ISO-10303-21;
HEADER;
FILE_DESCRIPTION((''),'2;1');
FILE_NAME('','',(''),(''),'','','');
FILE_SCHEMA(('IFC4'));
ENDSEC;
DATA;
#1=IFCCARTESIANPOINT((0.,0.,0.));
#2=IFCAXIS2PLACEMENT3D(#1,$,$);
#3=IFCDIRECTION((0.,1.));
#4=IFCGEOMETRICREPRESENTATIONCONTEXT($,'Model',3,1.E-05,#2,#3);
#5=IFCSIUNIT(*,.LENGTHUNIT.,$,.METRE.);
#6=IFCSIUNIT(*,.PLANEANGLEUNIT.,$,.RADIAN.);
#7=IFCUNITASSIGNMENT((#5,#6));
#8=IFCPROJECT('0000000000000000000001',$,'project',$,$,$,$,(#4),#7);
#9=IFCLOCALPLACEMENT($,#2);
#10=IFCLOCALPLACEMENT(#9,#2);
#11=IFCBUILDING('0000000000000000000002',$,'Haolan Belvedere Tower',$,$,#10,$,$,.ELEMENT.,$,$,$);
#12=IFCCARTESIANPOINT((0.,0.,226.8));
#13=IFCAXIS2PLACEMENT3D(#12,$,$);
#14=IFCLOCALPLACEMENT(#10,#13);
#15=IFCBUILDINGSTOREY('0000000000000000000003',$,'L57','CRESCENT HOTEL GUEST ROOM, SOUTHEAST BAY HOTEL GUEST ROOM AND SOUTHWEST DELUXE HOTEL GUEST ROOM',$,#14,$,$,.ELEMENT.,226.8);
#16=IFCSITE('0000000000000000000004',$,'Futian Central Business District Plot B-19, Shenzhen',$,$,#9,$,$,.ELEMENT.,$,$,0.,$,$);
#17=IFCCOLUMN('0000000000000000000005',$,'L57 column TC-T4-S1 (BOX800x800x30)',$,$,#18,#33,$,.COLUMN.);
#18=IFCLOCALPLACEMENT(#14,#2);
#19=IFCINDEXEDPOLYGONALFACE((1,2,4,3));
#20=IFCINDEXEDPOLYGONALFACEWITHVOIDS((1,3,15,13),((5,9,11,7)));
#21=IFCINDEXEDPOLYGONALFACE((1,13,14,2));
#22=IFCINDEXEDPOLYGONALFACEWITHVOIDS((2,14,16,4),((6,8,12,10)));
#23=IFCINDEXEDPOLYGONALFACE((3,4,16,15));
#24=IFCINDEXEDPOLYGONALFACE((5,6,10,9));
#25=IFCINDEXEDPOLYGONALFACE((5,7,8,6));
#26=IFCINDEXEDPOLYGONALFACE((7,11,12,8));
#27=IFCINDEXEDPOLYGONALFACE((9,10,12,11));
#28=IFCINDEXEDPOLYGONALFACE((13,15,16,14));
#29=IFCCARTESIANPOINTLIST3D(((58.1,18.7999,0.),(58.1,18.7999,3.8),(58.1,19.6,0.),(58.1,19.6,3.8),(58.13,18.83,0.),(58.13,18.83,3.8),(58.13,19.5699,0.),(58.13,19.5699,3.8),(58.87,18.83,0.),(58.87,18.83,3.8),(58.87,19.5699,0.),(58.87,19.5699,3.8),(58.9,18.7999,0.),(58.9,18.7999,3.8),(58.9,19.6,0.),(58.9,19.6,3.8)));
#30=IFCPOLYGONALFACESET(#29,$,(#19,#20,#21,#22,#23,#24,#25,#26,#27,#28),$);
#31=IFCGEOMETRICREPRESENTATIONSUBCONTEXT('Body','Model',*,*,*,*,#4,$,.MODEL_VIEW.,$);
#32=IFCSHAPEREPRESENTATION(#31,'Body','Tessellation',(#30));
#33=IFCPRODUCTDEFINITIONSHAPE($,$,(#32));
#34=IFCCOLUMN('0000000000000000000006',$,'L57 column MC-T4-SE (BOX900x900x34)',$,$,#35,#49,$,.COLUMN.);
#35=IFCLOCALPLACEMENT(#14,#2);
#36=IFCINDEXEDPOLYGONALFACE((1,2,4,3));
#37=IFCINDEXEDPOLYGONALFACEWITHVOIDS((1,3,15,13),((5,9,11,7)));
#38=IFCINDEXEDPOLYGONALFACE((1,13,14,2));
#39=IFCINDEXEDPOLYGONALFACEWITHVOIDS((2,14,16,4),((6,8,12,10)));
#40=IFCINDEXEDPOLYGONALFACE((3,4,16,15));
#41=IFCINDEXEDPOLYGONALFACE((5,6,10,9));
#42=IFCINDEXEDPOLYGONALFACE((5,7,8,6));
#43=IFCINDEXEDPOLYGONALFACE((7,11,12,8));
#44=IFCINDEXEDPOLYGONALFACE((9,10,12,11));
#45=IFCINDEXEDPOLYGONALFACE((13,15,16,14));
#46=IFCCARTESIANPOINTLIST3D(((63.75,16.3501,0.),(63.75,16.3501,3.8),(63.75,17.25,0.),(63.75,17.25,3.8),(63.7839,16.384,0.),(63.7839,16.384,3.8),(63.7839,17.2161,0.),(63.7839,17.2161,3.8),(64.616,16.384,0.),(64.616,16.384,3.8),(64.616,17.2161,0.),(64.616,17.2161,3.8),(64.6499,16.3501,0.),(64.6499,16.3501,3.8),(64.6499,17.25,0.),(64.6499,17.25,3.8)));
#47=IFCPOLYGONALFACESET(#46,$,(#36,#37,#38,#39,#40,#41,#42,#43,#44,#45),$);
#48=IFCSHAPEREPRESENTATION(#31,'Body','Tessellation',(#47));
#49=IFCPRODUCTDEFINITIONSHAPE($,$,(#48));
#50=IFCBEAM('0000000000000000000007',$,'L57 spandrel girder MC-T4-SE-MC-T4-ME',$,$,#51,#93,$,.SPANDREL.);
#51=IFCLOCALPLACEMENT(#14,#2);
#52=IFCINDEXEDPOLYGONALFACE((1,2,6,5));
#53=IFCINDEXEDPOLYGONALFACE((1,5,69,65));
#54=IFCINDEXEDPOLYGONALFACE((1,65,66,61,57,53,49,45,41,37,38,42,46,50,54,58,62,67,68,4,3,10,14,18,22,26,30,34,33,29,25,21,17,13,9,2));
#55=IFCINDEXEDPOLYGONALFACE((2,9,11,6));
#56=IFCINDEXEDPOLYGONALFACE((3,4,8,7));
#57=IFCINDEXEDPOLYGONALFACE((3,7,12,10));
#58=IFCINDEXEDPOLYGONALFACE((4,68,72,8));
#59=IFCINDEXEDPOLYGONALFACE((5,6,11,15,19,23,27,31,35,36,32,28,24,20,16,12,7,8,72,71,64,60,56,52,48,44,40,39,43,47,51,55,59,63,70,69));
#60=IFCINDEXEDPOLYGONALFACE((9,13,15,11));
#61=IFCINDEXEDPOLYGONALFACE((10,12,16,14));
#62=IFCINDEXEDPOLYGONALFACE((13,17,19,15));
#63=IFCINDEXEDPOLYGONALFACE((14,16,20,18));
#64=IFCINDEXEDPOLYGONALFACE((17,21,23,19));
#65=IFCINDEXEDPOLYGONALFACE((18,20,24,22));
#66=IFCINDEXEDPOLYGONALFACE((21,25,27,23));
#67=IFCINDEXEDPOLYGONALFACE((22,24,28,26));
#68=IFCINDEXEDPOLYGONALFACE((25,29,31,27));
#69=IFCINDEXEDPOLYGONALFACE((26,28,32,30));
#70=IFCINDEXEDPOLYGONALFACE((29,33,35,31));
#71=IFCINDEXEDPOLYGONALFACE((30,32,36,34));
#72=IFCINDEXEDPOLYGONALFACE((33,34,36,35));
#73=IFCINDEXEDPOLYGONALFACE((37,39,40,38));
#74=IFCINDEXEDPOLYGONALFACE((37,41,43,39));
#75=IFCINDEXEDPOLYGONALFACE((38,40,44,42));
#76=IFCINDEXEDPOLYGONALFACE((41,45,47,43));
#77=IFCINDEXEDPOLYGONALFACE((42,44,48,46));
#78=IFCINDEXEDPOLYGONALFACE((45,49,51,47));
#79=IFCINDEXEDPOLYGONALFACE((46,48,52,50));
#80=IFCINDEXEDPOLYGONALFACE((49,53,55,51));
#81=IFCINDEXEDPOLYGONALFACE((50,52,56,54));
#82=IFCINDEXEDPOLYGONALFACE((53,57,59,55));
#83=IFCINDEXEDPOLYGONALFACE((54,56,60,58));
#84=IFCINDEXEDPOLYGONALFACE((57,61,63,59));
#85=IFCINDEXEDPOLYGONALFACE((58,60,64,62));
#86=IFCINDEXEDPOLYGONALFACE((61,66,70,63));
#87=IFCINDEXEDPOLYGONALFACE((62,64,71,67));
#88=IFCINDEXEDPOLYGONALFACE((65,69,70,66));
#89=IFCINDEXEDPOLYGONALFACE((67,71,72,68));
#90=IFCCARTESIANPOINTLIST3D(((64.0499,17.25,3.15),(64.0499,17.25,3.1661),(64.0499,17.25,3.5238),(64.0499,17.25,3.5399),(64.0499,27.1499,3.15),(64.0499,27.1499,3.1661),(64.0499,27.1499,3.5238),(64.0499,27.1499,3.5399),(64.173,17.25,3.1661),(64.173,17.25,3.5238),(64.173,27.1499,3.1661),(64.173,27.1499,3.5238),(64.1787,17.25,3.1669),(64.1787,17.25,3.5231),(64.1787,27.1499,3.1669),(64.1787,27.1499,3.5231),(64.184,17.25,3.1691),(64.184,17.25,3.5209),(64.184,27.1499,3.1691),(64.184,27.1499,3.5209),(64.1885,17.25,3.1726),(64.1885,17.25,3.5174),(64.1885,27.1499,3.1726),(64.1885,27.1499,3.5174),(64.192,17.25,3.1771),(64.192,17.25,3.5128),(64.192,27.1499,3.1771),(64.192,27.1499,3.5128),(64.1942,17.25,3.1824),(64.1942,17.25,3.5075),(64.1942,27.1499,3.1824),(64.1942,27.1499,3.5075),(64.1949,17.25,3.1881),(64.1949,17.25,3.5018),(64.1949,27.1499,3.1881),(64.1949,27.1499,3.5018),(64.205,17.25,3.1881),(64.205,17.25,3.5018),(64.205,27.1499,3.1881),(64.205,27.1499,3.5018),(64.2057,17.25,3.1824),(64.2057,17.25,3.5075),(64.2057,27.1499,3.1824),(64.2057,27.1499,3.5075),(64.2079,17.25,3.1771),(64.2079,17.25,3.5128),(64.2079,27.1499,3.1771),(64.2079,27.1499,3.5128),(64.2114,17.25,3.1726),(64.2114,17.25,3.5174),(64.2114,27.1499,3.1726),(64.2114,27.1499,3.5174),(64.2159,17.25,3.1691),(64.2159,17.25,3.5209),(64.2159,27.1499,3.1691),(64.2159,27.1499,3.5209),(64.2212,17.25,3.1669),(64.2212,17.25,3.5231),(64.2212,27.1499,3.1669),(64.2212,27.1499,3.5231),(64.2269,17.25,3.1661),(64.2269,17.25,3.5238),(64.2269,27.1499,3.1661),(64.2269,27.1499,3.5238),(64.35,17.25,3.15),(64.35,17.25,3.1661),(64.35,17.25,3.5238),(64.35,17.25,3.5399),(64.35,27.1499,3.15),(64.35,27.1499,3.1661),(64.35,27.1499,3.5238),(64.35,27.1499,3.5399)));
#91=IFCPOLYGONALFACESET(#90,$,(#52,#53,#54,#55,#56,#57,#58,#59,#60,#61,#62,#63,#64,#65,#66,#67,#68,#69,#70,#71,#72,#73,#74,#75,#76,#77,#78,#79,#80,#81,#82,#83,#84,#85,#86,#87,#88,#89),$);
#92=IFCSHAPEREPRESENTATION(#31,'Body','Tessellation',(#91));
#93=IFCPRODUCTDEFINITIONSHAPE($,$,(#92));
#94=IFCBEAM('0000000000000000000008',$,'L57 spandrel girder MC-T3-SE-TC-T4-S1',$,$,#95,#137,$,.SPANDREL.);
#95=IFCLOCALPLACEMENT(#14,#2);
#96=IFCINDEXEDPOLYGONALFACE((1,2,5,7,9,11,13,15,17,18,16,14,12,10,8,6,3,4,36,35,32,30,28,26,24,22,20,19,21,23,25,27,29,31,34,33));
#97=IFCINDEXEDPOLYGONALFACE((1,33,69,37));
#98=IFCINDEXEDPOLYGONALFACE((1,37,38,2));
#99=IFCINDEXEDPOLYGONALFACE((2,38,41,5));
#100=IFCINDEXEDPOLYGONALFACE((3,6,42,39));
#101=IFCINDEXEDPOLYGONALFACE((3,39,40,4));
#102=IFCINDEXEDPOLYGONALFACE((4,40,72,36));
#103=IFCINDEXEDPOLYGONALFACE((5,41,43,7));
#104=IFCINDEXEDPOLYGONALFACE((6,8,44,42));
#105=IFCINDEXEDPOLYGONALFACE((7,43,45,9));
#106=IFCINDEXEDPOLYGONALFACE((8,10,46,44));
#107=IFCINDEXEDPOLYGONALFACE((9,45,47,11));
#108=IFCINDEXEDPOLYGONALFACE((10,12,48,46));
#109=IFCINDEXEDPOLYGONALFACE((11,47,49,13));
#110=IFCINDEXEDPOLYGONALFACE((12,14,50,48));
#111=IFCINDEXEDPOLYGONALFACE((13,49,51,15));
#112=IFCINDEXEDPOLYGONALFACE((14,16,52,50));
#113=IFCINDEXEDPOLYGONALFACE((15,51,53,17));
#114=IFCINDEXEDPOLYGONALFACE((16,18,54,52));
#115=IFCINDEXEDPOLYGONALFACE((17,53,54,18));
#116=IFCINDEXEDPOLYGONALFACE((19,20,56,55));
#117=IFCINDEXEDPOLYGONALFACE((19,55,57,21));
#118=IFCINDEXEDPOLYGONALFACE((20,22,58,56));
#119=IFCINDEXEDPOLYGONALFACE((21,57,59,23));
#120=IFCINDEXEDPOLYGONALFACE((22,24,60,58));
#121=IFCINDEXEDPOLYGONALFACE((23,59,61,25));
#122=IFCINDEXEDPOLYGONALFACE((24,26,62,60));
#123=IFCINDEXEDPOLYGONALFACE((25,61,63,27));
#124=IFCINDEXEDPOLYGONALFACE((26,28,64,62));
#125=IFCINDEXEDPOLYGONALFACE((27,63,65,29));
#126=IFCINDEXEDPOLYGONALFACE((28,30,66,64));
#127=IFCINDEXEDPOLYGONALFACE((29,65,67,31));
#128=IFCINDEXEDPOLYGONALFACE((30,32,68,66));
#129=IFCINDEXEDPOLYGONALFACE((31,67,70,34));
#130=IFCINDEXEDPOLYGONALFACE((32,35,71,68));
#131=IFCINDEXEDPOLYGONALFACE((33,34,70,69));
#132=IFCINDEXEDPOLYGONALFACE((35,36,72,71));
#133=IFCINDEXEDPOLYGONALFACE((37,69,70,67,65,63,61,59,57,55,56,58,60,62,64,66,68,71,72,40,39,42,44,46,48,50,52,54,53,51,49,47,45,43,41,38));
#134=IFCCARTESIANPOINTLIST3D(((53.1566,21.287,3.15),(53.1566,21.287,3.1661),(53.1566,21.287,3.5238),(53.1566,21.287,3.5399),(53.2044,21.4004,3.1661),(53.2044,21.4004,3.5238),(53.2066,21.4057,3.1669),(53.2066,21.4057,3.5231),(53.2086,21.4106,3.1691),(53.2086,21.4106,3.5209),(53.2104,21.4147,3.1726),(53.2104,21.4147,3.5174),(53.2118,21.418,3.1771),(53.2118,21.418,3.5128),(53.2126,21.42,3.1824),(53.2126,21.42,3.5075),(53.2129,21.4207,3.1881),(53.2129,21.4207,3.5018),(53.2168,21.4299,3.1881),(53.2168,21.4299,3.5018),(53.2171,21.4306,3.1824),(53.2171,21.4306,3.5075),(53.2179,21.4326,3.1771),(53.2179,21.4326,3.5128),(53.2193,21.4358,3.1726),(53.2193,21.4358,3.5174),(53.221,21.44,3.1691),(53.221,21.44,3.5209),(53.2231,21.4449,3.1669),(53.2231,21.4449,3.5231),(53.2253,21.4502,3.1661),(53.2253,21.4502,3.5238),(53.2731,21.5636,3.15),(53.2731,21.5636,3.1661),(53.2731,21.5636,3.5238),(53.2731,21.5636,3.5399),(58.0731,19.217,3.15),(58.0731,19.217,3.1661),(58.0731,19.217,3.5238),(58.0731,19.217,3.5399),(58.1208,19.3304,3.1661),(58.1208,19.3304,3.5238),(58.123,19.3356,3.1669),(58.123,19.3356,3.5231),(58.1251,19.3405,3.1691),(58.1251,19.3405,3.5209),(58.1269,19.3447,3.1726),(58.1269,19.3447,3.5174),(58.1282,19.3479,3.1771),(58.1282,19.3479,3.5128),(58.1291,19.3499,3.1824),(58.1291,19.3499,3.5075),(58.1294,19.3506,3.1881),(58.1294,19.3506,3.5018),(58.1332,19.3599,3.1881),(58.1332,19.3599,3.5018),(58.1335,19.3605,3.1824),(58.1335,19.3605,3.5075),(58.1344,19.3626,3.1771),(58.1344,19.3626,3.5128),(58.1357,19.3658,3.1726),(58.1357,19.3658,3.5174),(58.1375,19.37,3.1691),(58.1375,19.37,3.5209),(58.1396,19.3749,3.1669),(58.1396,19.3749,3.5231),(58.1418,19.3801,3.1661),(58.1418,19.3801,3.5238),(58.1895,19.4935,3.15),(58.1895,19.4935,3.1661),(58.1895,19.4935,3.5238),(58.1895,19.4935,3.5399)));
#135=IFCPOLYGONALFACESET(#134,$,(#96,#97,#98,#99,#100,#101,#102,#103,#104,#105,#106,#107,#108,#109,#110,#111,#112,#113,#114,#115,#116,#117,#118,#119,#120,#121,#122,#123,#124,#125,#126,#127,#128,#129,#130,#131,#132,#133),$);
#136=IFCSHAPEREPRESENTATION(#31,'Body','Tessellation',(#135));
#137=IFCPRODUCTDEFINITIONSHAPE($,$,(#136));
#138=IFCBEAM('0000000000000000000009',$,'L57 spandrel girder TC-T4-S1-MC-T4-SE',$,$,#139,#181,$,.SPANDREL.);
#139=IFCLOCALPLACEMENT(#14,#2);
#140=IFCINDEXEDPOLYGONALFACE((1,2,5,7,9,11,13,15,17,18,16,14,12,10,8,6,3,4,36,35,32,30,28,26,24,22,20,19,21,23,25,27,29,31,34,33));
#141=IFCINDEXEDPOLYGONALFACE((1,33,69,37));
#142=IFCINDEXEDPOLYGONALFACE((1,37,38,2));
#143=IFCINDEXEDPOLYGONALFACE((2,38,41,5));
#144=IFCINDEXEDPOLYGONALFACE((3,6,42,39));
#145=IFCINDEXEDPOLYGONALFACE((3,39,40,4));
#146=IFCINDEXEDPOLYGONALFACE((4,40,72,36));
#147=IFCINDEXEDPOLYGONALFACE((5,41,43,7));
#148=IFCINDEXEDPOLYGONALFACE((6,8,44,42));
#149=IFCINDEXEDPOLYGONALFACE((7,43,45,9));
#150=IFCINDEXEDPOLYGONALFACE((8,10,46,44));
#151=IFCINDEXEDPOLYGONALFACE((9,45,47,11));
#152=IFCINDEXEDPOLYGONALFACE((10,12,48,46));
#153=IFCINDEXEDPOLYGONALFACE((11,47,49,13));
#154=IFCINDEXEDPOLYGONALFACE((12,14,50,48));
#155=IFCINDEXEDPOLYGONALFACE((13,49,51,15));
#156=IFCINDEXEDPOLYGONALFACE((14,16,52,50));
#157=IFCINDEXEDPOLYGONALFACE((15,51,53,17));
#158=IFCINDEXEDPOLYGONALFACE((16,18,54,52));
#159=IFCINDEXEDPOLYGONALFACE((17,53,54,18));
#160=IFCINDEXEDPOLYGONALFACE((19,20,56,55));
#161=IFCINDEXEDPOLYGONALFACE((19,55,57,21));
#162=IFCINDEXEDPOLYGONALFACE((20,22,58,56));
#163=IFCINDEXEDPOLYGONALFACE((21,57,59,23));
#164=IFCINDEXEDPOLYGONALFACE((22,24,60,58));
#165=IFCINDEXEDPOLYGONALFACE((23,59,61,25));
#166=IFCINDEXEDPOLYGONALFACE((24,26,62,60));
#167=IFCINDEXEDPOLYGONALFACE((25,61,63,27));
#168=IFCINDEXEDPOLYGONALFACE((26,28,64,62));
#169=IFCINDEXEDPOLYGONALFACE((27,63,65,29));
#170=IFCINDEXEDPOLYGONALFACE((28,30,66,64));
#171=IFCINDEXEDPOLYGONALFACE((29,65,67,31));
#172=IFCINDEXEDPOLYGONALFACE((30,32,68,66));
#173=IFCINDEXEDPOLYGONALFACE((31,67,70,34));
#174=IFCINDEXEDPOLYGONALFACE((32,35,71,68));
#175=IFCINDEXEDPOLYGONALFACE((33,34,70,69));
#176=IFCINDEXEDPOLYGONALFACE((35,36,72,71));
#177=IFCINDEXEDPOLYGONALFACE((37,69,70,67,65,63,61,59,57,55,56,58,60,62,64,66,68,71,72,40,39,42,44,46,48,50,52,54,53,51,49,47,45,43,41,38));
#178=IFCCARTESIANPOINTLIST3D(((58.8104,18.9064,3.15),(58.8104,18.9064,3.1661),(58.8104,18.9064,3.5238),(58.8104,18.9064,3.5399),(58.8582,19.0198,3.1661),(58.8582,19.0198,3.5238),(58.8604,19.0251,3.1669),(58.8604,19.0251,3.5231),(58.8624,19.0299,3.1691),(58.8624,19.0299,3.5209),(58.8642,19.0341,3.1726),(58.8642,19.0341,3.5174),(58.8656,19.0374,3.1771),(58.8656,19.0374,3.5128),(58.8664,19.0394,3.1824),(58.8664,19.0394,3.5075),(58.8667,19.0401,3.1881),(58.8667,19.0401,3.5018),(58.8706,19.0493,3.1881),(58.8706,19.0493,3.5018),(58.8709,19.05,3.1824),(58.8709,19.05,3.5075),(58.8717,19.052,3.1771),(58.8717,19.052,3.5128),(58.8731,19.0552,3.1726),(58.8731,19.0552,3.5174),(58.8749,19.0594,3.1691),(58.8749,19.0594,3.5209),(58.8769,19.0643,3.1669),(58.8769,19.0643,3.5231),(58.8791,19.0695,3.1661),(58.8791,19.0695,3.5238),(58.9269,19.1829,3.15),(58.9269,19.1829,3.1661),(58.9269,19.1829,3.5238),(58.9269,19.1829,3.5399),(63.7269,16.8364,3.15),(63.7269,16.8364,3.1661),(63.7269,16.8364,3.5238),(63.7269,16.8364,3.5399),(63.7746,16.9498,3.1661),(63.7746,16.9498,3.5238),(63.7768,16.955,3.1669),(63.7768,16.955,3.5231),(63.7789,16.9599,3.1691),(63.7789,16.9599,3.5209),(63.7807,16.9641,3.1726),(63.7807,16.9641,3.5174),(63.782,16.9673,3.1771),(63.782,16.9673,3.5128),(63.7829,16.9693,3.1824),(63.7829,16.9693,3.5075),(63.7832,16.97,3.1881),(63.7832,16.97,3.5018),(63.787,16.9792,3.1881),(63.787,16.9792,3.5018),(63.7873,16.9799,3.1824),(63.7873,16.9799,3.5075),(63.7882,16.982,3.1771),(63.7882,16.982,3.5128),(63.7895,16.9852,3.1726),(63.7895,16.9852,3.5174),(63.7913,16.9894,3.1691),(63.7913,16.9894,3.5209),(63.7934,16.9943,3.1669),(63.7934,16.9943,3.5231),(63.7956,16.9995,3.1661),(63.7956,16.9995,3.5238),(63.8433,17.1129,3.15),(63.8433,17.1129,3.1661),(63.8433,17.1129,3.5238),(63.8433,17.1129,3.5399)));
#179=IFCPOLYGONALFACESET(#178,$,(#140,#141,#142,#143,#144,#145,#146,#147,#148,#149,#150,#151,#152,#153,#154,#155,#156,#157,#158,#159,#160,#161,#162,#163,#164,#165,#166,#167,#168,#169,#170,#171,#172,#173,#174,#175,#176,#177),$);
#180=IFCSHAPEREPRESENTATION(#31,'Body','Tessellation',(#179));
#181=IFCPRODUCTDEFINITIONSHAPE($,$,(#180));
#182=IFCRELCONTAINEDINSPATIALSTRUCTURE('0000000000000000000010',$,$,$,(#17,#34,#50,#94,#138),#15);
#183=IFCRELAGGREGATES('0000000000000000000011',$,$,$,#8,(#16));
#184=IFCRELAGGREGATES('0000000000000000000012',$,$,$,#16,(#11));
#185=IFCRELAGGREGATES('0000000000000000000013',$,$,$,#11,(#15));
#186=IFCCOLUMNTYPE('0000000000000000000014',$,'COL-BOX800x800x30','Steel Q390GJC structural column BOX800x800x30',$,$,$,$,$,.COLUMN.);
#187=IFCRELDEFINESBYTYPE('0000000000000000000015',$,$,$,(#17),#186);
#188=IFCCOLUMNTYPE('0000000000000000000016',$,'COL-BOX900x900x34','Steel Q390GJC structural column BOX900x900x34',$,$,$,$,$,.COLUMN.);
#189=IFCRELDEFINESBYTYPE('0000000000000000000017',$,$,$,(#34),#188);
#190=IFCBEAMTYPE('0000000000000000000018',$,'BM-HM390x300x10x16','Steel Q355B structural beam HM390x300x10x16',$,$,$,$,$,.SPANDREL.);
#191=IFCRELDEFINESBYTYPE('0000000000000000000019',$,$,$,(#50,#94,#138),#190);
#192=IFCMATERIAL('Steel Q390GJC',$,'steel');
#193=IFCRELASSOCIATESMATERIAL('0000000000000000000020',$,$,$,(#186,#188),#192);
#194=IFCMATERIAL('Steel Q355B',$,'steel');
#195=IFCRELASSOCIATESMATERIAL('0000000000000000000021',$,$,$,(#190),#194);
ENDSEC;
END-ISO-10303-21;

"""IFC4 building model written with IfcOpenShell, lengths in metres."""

from ifc_helpers import new_model, si_unit, direction, frame, origin, origin_2d, place, context, subcontext, project, spatial, hollow_rectangle, i_section, extrude, material, material_profile, profile_set, type_object, element, save


model = new_model("IFC4")

# Units and contexts
model_context = context("Model", 3, precision=1e-05, world=origin(), true_north=direction((0.0, 1.0)))
body_context = subcontext(model_context, "Body", "Model", "MODEL_VIEW")
ifc_project = project(units=[si_unit("LENGTHUNIT", "METRE"), si_unit("PLANEANGLEUNIT", "RADIAN")], contexts=[model_context])

# Site, building, storey
site_placement = place(None, origin())
site = spatial("IfcSite", under=ifc_project, at=site_placement, Name="Futian Central Business District Plot B-19, Shenzhen", CompositionType="ELEMENT", RefElevation=0.0)
building_placement = place(site_placement, origin())
building = spatial("IfcBuilding", under=site, at=building_placement, Name="Haolan Belvedere Tower", CompositionType="ELEMENT")
storey_placement = place(building_placement, frame((0.0, 0.0, 226.8)))
storey = spatial("IfcBuildingStorey", under=building, at=storey_placement, Name="L57", Description="CRESCENT HOTEL GUEST ROOM, SOUTHEAST BAY HOTEL GUEST ROOM AND SOUTHWEST DELUXE HOTEL GUEST ROOM", CompositionType="ELEMENT", Elevation=226.8)

# Columns
ifc_material_1 = material(Name="Steel Q390GJC", Category="steel")
ifc_material_profile_1 = material_profile(ifc_material_1, hollow_rectangle(XDim=0.8, YDim=0.8, WallThickness=0.03, at=origin_2d()), Name="Steel Q390GJC")
ifc_profile_set_1 = profile_set([ifc_material_profile_1], Name="Steel Q390GJC")
column_type_1 = type_object("IfcColumnType", Name="COL-BOX800x800x30", Description="Steel Q390GJC structural column BOX800x800x30", PredefinedType="COLUMN", material=ifc_profile_set_1)
column_1_placement = place(storey_placement, frame((58.5, 19.2, 0.0), z_axis=(0.0, 0.0, 1.0), x_axis=(1.0, 0.0, 0.0)))
element("IfcColumn", 1, at=column_1_placement, inside=storey, type_object=column_type_1, Name="L57 column TC-T4-S1 (BOX800x800x30)", PredefinedType="COLUMN", context=body_context, shape_type="SweptSolid", body=[
    extrude(hollow_rectangle(XDim=0.8, YDim=0.8, WallThickness=0.03, at=origin_2d()), origin(), (0.0, 0.0, 1.0), 3.8),
])
ifc_material_profile_2 = material_profile(ifc_material_1, hollow_rectangle(XDim=0.8999, YDim=0.8999, WallThickness=0.0339, at=origin_2d()), Name="Steel Q390GJC")
ifc_profile_set_2 = profile_set([ifc_material_profile_2], Name="Steel Q390GJC")
column_type_2 = type_object("IfcColumnType", Name="COL-BOX900x900x34", Description="Steel Q390GJC structural column BOX900x900x34", PredefinedType="COLUMN", material=ifc_profile_set_2)
column_2_placement = place(storey_placement, frame((64.2, 16.8, 0.0), z_axis=(0.0, 0.0, 1.0), x_axis=(1.0, 0.0, 0.0)))
element("IfcColumn", 2, at=column_2_placement, inside=storey, type_object=column_type_2, Name="L57 column MC-T4-SE (BOX900x900x34)", PredefinedType="COLUMN", context=body_context, shape_type="SweptSolid", body=[
    extrude(hollow_rectangle(XDim=0.8999, YDim=0.8999, WallThickness=0.0339, at=origin_2d()), origin(), (0.0, 0.0, 1.0), 3.8),
])

# Beams
ifc_material_2 = material(Name="Steel Q355B", Category="steel")
ifc_material_profile_3 = material_profile(ifc_material_2, i_section(OverallWidth=0.3, OverallDepth=0.3899, WebThickness=0.01, FlangeThickness=0.0161, FilletRadius=0.022, at=origin_2d()), Name="Steel Q355B")
ifc_profile_set_3 = profile_set([ifc_material_profile_3], Name="Steel Q355B")
beam_type_1 = type_object("IfcBeamType", Name="BM-HM390x300x10x16", Description="Steel Q355B structural beam HM390x300x10x16", PredefinedType="SPANDREL", material=ifc_profile_set_3)
beam_1_placement = place(storey_placement, frame((64.2, 17.25, 3.345), z_axis=(0.0, 1.0, 0.0), x_axis=(-1.0, 0.0, 0.0)))
element("IfcBeam", 3, at=beam_1_placement, inside=storey, type_object=beam_type_1, Name="L57 spandrel girder MC-T4-SE-MC-T4-ME", PredefinedType="SPANDREL", context=body_context, shape_type="SweptSolid", body=[
    extrude(i_section(OverallWidth=0.3, OverallDepth=0.3899, WebThickness=0.01, FlangeThickness=0.0161, FilletRadius=0.022, at=origin_2d()), origin(), (0.0, 0.0, 1.0), 9.8999),
])
for number, where, z_axis, x_axis, name in (
    (4, (53.2148, 21.4253, 3.345), (0.921638, -0.388051, 0.0), (0.388051, 0.921638, 0.0), "L57 spandrel girder MC-T3-SE-TC-T4-S1"),
    (5, (58.8687, 19.0447, 3.345), (0.921638, -0.388051, 0.0), (0.388051, 0.921638, 0.0), "L57 spandrel girder TC-T4-S1-MC-T4-SE"),
):
    element("IfcBeam", number, at=place(storey_placement, frame(where, z_axis=z_axis, x_axis=x_axis)), inside=storey, type_object=beam_type_1, Name=name, PredefinedType="SPANDREL", context=body_context, shape_type="SweptSolid", body=[
        extrude(i_section(OverallWidth=0.3, OverallDepth=0.3899, WebThickness=0.01, FlangeThickness=0.0161, FilletRadius=0.022, at=origin_2d()), origin(), (0.0, 0.0, 1.0), 5.3345),
    ])

save(model, "model.ifc")
